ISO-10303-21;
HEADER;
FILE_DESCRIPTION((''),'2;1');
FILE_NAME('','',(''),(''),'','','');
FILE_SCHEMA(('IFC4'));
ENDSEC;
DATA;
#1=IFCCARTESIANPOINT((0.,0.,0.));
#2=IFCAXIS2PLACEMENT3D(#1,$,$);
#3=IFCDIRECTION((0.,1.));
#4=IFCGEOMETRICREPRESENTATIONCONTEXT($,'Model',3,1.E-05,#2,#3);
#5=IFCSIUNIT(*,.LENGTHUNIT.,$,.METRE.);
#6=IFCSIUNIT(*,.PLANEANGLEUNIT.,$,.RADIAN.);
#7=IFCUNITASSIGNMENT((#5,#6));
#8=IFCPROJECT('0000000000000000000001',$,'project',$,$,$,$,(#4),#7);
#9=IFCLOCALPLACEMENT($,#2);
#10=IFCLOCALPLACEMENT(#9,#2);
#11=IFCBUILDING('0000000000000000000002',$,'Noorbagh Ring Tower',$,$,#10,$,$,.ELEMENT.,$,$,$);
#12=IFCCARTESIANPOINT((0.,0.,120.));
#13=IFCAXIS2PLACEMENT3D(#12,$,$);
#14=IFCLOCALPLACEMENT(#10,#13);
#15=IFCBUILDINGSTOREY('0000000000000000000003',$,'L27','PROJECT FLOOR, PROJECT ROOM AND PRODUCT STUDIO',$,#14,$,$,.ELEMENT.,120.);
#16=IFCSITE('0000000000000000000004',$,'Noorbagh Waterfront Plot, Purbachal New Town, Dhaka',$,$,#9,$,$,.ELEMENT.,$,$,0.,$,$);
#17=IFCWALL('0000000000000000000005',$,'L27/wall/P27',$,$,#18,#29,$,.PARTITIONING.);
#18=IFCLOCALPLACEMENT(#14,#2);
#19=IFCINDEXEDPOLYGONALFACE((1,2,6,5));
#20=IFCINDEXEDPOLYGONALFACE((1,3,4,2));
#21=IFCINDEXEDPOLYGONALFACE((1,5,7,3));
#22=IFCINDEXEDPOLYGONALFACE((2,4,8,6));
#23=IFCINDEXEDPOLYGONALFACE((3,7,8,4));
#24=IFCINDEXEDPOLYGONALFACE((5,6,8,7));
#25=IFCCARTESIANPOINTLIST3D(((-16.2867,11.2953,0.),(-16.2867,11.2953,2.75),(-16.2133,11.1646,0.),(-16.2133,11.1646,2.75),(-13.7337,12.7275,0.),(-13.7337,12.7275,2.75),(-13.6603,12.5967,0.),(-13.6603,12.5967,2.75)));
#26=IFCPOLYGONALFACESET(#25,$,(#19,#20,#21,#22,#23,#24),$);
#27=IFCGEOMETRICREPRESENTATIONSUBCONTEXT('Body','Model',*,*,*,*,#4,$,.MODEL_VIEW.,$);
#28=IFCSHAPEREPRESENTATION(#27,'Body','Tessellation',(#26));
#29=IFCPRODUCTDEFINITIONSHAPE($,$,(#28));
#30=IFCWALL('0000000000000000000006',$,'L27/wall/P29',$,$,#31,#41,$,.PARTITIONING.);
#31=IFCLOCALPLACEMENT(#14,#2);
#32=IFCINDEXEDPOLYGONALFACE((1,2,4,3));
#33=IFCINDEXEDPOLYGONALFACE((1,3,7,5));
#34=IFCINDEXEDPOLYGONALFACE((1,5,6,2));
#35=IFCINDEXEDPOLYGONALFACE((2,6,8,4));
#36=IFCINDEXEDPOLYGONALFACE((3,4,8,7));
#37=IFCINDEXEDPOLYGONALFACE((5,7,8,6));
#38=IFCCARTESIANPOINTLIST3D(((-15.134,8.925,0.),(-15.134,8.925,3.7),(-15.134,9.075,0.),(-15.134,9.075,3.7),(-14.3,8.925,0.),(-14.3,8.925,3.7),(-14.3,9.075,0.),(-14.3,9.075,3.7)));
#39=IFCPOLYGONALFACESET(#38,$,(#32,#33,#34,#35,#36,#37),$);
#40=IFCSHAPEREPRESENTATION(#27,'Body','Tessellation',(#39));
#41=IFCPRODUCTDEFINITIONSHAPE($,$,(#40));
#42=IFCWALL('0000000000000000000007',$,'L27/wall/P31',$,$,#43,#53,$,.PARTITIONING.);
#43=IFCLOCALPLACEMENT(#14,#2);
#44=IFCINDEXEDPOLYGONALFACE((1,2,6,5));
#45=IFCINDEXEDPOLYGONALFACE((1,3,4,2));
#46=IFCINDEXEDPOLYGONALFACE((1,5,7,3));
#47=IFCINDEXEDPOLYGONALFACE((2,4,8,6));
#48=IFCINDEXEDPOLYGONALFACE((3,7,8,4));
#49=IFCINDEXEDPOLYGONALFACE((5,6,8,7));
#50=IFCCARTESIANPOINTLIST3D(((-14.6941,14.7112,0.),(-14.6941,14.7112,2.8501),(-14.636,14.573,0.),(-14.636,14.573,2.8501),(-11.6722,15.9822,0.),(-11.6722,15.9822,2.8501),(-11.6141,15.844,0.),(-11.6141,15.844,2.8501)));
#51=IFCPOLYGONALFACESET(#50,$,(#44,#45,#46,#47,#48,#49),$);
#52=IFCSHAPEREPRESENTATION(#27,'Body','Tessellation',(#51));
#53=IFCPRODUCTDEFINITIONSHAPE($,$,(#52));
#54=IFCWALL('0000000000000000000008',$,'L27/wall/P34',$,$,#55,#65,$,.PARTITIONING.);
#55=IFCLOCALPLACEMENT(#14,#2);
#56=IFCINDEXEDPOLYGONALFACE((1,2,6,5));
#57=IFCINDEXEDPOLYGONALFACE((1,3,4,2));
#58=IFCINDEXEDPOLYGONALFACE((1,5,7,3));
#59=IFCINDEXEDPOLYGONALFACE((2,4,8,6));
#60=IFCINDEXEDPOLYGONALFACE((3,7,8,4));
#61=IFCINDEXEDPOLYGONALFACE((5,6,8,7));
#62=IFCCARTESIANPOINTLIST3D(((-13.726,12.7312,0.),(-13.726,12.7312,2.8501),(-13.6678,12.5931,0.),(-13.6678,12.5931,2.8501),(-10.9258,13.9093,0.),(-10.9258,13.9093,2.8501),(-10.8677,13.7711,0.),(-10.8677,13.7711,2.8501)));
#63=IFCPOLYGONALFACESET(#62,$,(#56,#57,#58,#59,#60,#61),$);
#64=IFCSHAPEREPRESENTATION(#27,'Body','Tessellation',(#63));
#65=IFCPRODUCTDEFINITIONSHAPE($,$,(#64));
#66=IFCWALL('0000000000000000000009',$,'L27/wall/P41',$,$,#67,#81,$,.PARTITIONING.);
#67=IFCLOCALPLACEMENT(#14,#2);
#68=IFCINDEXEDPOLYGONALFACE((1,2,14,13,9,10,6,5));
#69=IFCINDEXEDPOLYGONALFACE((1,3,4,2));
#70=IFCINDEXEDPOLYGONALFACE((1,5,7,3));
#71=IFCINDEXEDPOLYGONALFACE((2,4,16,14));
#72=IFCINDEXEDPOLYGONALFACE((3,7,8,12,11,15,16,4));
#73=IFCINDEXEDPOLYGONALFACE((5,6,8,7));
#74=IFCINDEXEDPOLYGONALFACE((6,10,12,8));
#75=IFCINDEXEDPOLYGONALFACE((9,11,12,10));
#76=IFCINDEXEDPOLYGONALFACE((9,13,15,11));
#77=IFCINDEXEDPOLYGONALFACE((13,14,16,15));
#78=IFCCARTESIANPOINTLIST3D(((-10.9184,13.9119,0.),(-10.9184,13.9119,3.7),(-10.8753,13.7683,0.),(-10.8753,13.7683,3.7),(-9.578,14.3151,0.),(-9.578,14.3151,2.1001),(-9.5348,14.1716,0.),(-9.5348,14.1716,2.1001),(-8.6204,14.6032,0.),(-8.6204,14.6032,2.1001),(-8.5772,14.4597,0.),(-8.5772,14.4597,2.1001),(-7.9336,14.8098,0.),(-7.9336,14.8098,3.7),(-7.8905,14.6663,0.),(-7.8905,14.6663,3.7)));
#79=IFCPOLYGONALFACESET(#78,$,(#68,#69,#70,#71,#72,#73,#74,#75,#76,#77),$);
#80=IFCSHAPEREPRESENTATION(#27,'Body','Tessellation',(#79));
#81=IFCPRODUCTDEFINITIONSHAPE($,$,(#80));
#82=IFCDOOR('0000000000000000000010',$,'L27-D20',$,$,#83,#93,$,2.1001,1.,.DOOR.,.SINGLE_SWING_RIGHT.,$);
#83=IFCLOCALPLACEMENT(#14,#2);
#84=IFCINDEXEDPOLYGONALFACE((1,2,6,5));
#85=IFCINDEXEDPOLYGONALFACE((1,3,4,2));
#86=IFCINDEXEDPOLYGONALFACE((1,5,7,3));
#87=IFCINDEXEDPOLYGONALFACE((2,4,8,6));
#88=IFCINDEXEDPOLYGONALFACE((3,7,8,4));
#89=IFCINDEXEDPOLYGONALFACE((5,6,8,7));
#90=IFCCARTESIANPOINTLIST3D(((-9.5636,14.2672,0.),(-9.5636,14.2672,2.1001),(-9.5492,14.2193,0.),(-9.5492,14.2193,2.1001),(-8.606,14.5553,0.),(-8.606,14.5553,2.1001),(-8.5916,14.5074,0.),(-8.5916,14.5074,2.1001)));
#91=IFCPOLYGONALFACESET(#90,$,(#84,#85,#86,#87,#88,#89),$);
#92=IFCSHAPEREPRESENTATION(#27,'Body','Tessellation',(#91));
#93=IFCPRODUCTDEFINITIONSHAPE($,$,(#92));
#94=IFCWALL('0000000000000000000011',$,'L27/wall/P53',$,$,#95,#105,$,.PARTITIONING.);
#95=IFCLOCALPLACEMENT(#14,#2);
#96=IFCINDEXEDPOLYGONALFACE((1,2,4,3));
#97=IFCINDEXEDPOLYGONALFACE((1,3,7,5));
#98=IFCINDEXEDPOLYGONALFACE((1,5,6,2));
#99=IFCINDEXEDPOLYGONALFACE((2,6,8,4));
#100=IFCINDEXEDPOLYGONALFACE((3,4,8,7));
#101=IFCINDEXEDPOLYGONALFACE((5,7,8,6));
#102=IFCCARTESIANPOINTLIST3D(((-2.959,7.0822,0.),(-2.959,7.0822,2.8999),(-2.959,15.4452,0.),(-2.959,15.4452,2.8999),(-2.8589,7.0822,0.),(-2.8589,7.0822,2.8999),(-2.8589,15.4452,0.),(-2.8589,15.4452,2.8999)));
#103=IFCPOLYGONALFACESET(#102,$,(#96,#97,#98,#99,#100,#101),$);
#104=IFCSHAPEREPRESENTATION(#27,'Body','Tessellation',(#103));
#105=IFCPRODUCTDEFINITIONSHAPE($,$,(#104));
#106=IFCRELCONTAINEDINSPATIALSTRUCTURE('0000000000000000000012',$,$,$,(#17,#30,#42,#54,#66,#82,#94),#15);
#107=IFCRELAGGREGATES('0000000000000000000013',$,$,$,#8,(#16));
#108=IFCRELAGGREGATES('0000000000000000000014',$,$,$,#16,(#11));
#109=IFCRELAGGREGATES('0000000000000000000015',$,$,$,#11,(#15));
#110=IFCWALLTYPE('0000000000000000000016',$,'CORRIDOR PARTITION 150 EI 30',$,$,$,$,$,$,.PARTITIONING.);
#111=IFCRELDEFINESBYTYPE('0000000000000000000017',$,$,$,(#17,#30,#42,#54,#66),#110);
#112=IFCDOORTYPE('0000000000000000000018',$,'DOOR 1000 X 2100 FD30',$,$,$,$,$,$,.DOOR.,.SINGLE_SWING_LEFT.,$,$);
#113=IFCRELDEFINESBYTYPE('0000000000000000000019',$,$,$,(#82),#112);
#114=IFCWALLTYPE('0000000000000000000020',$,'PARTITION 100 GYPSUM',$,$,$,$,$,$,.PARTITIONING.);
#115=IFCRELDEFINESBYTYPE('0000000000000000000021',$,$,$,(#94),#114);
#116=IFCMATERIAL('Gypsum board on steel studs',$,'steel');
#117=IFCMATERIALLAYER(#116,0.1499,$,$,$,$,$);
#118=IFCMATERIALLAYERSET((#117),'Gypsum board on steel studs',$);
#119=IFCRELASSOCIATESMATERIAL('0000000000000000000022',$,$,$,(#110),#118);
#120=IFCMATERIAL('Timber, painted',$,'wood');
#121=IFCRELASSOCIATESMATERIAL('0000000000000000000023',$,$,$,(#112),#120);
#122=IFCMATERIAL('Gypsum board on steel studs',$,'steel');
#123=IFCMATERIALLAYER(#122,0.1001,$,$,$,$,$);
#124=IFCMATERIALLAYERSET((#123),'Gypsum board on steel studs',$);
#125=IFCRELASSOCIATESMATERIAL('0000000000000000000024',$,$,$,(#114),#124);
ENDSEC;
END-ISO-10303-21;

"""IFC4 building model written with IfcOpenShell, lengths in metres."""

from ifc_helpers import new_model, si_unit, direction, frame, frame_2d, origin, place, context, subcontext, project, spatial, rectangle, extrude, material, layer, layer_set, type_object, element, fill, save


model = new_model("IFC4")

# Units and contexts
model_context = context("Model", 3, precision=1e-05, world=origin(), true_north=direction((0.0, 1.0)))
body_context = subcontext(model_context, "Body", "Model", "MODEL_VIEW")
ifc_project = project(units=[si_unit("LENGTHUNIT", "METRE"), si_unit("PLANEANGLEUNIT", "RADIAN")], contexts=[model_context])

# Site, building, storey
site_placement = place(None, origin())
site = spatial("IfcSite", under=ifc_project, at=site_placement, Name="Noorbagh Waterfront Plot, Purbachal New Town, Dhaka", CompositionType="ELEMENT", RefElevation=0.0)
building_placement = place(site_placement, origin())
building = spatial("IfcBuilding", under=site, at=building_placement, Name="Noorbagh Ring Tower", CompositionType="ELEMENT")
storey_placement = place(building_placement, frame((0.0, 0.0, 120.0)))
storey = spatial("IfcBuildingStorey", under=building, at=storey_placement, Name="L27", Description="PROJECT FLOOR, PROJECT ROOM AND PRODUCT STUDIO", CompositionType="ELEMENT", Elevation=120.0)

# Walls
ifc_material_1 = material(Name="Gypsum board on steel studs", Category="steel")
ifc_layer_1 = layer(ifc_material_1, 0.1499)
ifc_layer_set_1 = layer_set([ifc_layer_1], Name="Gypsum board on steel studs")
wall_type_1 = type_object("IfcWallType", Name="CORRIDOR PARTITION 150 EI 30", PredefinedType="PARTITIONING", material=ifc_layer_set_1)
wall_1_placement = place(storey_placement, frame((-16.25, 11.23, 0.0), z_axis=(0.0, 0.0, 1.0), x_axis=(0.872147, 0.489243, 0.0)))
element("IfcWall", 1, at=wall_1_placement, inside=storey, type_object=wall_type_1, Name="L27/wall/P27", PredefinedType="PARTITIONING", context=body_context, shape_type="SweptSolid", body=[
    extrude(rectangle(XDim=2.9272, YDim=0.1499, at=frame_2d((1.4636, 0.0))), origin(), (0.0, 0.0, 1.0), 2.75),
])
wall_2_placement = place(storey_placement, frame((-15.134, 9.0, 0.0), z_axis=(0.0, 0.0, 1.0), x_axis=(1.0, 0.0, 0.0)))
element("IfcWall", 2, at=wall_2_placement, inside=storey, type_object=wall_type_1, Name="L27/wall/P29", PredefinedType="PARTITIONING", context=body_context, shape_type="SweptSolid", body=[
    extrude(rectangle(XDim=0.834, YDim=0.1499, at=frame_2d((0.417, 0.0))), origin(), (0.0, 0.0, 1.0), 3.7),
])
wall_3_placement = place(storey_placement, frame((-14.665, 14.6421, 0.0), z_axis=(0.0, 0.0, 1.0), x_axis=(0.921789, 0.387691, 0.0)))
element("IfcWall", 3, at=wall_3_placement, inside=storey, type_object=wall_type_1, Name="L27/wall/P31", PredefinedType="PARTITIONING", context=body_context, shape_type="SweptSolid", body=[
    extrude(rectangle(XDim=3.2783, YDim=0.1499, at=frame_2d((1.6392, 0.0))), origin(), (0.0, 0.0, 1.0), 2.8501),
])
wall_4_placement = place(storey_placement, frame((-13.697, 12.6621, 0.0), z_axis=(0.0, 0.0, 1.0), x_axis=(0.921752, 0.38778, 0.0)))
element("IfcWall", 4, at=wall_4_placement, inside=storey, type_object=wall_type_1, Name="L27/wall/P34", PredefinedType="PARTITIONING", context=body_context, shape_type="SweptSolid", body=[
    extrude(rectangle(XDim=3.0378, YDim=0.1499, at=frame_2d((1.519, 0.0))), origin(), (0.0, 0.0, 1.0), 2.8501),
])

# Wall, opening, door
wall_5_placement = place(storey_placement, frame((-10.897, 13.8401, 0.0), z_axis=(0.0, 0.0, 1.0), x_axis=(0.957606, 0.288081, 0.0)))
wall_5 = element("IfcWall", 5, at=wall_5_placement, inside=storey, type_object=wall_type_1, Name="L27/wall/P41", PredefinedType="PARTITIONING", context=body_context, shape_type="SweptSolid", body=[
    extrude(rectangle(XDim=3.1169, YDim=0.1499, at=frame_2d((1.5586, 0.0))), origin(), (0.0, 0.0, 1.0), 3.7),
])
opening_placement = place(wall_5_placement, frame((1.3999, 0.0, 0.0)))
opening = element("IfcOpeningElement", 6, at=opening_placement, cuts=wall_5, PredefinedType="OPENING", context=body_context, shape_type="SweptSolid", body=[
    extrude(rectangle(XDim=1.0, YDim=2.1001, at=frame_2d((0.5, 1.05))), frame((0.0, 0.085, 0.0), z_axis=(0.0, -1.0, 0.0), x_axis=(1.0, 0.0, 0.0)), (0.0, 0.0, 1.0), 0.1699),
])
ifc_material_2 = material(Name="Timber, painted", Category="wood")
door_type = type_object("IfcDoorType", Name="DOOR 1000 X 2100 FD30", OperationType="SINGLE_SWING_LEFT", PredefinedType="DOOR", material=ifc_material_2)
door_placement = place(opening_placement, origin())
door = element("IfcDoor", 7, at=door_placement, inside=storey, type_object=door_type, Name="L27-D20", OperationType="SINGLE_SWING_RIGHT", OverallHeight=2.1001, OverallWidth=1.0, PredefinedType="DOOR", context=body_context, shape_type="SweptSolid", body=[
    extrude(rectangle(XDim=1.0, YDim=2.1001, at=frame_2d((0.5, 1.05))), frame((0.0, 0.0249, 0.0), z_axis=(0.0, -1.0, 0.0), x_axis=(1.0, 0.0, 0.0)), (0.0, 0.0, 1.0), 0.05),
])
fill(opening, door)

# Wall
ifc_material_3 = material(Name="Gypsum board on steel studs", Category="steel")
ifc_layer_2 = layer(ifc_material_3, 0.1001)
ifc_layer_set_2 = layer_set([ifc_layer_2], Name="Gypsum board on steel studs")
wall_type_2 = type_object("IfcWallType", Name="PARTITION 100 GYPSUM", PredefinedType="PARTITIONING", material=ifc_layer_set_2)
wall_6_placement = place(storey_placement, frame((-2.9089, 7.082, 0.0), z_axis=(0.0, 0.0, 1.0), x_axis=(0.0, 1.0, 0.0)))
element("IfcWall", 8, at=wall_6_placement, inside=storey, type_object=wall_type_2, Name="L27/wall/P53", PredefinedType="PARTITIONING", context=body_context, shape_type="SweptSolid", body=[
    extrude(rectangle(XDim=8.363, YDim=0.1001, at=frame_2d((4.1816, 0.0))), origin(), (0.0, 0.0, 1.0), 2.8999),
])

save(model, "model.ifc")
